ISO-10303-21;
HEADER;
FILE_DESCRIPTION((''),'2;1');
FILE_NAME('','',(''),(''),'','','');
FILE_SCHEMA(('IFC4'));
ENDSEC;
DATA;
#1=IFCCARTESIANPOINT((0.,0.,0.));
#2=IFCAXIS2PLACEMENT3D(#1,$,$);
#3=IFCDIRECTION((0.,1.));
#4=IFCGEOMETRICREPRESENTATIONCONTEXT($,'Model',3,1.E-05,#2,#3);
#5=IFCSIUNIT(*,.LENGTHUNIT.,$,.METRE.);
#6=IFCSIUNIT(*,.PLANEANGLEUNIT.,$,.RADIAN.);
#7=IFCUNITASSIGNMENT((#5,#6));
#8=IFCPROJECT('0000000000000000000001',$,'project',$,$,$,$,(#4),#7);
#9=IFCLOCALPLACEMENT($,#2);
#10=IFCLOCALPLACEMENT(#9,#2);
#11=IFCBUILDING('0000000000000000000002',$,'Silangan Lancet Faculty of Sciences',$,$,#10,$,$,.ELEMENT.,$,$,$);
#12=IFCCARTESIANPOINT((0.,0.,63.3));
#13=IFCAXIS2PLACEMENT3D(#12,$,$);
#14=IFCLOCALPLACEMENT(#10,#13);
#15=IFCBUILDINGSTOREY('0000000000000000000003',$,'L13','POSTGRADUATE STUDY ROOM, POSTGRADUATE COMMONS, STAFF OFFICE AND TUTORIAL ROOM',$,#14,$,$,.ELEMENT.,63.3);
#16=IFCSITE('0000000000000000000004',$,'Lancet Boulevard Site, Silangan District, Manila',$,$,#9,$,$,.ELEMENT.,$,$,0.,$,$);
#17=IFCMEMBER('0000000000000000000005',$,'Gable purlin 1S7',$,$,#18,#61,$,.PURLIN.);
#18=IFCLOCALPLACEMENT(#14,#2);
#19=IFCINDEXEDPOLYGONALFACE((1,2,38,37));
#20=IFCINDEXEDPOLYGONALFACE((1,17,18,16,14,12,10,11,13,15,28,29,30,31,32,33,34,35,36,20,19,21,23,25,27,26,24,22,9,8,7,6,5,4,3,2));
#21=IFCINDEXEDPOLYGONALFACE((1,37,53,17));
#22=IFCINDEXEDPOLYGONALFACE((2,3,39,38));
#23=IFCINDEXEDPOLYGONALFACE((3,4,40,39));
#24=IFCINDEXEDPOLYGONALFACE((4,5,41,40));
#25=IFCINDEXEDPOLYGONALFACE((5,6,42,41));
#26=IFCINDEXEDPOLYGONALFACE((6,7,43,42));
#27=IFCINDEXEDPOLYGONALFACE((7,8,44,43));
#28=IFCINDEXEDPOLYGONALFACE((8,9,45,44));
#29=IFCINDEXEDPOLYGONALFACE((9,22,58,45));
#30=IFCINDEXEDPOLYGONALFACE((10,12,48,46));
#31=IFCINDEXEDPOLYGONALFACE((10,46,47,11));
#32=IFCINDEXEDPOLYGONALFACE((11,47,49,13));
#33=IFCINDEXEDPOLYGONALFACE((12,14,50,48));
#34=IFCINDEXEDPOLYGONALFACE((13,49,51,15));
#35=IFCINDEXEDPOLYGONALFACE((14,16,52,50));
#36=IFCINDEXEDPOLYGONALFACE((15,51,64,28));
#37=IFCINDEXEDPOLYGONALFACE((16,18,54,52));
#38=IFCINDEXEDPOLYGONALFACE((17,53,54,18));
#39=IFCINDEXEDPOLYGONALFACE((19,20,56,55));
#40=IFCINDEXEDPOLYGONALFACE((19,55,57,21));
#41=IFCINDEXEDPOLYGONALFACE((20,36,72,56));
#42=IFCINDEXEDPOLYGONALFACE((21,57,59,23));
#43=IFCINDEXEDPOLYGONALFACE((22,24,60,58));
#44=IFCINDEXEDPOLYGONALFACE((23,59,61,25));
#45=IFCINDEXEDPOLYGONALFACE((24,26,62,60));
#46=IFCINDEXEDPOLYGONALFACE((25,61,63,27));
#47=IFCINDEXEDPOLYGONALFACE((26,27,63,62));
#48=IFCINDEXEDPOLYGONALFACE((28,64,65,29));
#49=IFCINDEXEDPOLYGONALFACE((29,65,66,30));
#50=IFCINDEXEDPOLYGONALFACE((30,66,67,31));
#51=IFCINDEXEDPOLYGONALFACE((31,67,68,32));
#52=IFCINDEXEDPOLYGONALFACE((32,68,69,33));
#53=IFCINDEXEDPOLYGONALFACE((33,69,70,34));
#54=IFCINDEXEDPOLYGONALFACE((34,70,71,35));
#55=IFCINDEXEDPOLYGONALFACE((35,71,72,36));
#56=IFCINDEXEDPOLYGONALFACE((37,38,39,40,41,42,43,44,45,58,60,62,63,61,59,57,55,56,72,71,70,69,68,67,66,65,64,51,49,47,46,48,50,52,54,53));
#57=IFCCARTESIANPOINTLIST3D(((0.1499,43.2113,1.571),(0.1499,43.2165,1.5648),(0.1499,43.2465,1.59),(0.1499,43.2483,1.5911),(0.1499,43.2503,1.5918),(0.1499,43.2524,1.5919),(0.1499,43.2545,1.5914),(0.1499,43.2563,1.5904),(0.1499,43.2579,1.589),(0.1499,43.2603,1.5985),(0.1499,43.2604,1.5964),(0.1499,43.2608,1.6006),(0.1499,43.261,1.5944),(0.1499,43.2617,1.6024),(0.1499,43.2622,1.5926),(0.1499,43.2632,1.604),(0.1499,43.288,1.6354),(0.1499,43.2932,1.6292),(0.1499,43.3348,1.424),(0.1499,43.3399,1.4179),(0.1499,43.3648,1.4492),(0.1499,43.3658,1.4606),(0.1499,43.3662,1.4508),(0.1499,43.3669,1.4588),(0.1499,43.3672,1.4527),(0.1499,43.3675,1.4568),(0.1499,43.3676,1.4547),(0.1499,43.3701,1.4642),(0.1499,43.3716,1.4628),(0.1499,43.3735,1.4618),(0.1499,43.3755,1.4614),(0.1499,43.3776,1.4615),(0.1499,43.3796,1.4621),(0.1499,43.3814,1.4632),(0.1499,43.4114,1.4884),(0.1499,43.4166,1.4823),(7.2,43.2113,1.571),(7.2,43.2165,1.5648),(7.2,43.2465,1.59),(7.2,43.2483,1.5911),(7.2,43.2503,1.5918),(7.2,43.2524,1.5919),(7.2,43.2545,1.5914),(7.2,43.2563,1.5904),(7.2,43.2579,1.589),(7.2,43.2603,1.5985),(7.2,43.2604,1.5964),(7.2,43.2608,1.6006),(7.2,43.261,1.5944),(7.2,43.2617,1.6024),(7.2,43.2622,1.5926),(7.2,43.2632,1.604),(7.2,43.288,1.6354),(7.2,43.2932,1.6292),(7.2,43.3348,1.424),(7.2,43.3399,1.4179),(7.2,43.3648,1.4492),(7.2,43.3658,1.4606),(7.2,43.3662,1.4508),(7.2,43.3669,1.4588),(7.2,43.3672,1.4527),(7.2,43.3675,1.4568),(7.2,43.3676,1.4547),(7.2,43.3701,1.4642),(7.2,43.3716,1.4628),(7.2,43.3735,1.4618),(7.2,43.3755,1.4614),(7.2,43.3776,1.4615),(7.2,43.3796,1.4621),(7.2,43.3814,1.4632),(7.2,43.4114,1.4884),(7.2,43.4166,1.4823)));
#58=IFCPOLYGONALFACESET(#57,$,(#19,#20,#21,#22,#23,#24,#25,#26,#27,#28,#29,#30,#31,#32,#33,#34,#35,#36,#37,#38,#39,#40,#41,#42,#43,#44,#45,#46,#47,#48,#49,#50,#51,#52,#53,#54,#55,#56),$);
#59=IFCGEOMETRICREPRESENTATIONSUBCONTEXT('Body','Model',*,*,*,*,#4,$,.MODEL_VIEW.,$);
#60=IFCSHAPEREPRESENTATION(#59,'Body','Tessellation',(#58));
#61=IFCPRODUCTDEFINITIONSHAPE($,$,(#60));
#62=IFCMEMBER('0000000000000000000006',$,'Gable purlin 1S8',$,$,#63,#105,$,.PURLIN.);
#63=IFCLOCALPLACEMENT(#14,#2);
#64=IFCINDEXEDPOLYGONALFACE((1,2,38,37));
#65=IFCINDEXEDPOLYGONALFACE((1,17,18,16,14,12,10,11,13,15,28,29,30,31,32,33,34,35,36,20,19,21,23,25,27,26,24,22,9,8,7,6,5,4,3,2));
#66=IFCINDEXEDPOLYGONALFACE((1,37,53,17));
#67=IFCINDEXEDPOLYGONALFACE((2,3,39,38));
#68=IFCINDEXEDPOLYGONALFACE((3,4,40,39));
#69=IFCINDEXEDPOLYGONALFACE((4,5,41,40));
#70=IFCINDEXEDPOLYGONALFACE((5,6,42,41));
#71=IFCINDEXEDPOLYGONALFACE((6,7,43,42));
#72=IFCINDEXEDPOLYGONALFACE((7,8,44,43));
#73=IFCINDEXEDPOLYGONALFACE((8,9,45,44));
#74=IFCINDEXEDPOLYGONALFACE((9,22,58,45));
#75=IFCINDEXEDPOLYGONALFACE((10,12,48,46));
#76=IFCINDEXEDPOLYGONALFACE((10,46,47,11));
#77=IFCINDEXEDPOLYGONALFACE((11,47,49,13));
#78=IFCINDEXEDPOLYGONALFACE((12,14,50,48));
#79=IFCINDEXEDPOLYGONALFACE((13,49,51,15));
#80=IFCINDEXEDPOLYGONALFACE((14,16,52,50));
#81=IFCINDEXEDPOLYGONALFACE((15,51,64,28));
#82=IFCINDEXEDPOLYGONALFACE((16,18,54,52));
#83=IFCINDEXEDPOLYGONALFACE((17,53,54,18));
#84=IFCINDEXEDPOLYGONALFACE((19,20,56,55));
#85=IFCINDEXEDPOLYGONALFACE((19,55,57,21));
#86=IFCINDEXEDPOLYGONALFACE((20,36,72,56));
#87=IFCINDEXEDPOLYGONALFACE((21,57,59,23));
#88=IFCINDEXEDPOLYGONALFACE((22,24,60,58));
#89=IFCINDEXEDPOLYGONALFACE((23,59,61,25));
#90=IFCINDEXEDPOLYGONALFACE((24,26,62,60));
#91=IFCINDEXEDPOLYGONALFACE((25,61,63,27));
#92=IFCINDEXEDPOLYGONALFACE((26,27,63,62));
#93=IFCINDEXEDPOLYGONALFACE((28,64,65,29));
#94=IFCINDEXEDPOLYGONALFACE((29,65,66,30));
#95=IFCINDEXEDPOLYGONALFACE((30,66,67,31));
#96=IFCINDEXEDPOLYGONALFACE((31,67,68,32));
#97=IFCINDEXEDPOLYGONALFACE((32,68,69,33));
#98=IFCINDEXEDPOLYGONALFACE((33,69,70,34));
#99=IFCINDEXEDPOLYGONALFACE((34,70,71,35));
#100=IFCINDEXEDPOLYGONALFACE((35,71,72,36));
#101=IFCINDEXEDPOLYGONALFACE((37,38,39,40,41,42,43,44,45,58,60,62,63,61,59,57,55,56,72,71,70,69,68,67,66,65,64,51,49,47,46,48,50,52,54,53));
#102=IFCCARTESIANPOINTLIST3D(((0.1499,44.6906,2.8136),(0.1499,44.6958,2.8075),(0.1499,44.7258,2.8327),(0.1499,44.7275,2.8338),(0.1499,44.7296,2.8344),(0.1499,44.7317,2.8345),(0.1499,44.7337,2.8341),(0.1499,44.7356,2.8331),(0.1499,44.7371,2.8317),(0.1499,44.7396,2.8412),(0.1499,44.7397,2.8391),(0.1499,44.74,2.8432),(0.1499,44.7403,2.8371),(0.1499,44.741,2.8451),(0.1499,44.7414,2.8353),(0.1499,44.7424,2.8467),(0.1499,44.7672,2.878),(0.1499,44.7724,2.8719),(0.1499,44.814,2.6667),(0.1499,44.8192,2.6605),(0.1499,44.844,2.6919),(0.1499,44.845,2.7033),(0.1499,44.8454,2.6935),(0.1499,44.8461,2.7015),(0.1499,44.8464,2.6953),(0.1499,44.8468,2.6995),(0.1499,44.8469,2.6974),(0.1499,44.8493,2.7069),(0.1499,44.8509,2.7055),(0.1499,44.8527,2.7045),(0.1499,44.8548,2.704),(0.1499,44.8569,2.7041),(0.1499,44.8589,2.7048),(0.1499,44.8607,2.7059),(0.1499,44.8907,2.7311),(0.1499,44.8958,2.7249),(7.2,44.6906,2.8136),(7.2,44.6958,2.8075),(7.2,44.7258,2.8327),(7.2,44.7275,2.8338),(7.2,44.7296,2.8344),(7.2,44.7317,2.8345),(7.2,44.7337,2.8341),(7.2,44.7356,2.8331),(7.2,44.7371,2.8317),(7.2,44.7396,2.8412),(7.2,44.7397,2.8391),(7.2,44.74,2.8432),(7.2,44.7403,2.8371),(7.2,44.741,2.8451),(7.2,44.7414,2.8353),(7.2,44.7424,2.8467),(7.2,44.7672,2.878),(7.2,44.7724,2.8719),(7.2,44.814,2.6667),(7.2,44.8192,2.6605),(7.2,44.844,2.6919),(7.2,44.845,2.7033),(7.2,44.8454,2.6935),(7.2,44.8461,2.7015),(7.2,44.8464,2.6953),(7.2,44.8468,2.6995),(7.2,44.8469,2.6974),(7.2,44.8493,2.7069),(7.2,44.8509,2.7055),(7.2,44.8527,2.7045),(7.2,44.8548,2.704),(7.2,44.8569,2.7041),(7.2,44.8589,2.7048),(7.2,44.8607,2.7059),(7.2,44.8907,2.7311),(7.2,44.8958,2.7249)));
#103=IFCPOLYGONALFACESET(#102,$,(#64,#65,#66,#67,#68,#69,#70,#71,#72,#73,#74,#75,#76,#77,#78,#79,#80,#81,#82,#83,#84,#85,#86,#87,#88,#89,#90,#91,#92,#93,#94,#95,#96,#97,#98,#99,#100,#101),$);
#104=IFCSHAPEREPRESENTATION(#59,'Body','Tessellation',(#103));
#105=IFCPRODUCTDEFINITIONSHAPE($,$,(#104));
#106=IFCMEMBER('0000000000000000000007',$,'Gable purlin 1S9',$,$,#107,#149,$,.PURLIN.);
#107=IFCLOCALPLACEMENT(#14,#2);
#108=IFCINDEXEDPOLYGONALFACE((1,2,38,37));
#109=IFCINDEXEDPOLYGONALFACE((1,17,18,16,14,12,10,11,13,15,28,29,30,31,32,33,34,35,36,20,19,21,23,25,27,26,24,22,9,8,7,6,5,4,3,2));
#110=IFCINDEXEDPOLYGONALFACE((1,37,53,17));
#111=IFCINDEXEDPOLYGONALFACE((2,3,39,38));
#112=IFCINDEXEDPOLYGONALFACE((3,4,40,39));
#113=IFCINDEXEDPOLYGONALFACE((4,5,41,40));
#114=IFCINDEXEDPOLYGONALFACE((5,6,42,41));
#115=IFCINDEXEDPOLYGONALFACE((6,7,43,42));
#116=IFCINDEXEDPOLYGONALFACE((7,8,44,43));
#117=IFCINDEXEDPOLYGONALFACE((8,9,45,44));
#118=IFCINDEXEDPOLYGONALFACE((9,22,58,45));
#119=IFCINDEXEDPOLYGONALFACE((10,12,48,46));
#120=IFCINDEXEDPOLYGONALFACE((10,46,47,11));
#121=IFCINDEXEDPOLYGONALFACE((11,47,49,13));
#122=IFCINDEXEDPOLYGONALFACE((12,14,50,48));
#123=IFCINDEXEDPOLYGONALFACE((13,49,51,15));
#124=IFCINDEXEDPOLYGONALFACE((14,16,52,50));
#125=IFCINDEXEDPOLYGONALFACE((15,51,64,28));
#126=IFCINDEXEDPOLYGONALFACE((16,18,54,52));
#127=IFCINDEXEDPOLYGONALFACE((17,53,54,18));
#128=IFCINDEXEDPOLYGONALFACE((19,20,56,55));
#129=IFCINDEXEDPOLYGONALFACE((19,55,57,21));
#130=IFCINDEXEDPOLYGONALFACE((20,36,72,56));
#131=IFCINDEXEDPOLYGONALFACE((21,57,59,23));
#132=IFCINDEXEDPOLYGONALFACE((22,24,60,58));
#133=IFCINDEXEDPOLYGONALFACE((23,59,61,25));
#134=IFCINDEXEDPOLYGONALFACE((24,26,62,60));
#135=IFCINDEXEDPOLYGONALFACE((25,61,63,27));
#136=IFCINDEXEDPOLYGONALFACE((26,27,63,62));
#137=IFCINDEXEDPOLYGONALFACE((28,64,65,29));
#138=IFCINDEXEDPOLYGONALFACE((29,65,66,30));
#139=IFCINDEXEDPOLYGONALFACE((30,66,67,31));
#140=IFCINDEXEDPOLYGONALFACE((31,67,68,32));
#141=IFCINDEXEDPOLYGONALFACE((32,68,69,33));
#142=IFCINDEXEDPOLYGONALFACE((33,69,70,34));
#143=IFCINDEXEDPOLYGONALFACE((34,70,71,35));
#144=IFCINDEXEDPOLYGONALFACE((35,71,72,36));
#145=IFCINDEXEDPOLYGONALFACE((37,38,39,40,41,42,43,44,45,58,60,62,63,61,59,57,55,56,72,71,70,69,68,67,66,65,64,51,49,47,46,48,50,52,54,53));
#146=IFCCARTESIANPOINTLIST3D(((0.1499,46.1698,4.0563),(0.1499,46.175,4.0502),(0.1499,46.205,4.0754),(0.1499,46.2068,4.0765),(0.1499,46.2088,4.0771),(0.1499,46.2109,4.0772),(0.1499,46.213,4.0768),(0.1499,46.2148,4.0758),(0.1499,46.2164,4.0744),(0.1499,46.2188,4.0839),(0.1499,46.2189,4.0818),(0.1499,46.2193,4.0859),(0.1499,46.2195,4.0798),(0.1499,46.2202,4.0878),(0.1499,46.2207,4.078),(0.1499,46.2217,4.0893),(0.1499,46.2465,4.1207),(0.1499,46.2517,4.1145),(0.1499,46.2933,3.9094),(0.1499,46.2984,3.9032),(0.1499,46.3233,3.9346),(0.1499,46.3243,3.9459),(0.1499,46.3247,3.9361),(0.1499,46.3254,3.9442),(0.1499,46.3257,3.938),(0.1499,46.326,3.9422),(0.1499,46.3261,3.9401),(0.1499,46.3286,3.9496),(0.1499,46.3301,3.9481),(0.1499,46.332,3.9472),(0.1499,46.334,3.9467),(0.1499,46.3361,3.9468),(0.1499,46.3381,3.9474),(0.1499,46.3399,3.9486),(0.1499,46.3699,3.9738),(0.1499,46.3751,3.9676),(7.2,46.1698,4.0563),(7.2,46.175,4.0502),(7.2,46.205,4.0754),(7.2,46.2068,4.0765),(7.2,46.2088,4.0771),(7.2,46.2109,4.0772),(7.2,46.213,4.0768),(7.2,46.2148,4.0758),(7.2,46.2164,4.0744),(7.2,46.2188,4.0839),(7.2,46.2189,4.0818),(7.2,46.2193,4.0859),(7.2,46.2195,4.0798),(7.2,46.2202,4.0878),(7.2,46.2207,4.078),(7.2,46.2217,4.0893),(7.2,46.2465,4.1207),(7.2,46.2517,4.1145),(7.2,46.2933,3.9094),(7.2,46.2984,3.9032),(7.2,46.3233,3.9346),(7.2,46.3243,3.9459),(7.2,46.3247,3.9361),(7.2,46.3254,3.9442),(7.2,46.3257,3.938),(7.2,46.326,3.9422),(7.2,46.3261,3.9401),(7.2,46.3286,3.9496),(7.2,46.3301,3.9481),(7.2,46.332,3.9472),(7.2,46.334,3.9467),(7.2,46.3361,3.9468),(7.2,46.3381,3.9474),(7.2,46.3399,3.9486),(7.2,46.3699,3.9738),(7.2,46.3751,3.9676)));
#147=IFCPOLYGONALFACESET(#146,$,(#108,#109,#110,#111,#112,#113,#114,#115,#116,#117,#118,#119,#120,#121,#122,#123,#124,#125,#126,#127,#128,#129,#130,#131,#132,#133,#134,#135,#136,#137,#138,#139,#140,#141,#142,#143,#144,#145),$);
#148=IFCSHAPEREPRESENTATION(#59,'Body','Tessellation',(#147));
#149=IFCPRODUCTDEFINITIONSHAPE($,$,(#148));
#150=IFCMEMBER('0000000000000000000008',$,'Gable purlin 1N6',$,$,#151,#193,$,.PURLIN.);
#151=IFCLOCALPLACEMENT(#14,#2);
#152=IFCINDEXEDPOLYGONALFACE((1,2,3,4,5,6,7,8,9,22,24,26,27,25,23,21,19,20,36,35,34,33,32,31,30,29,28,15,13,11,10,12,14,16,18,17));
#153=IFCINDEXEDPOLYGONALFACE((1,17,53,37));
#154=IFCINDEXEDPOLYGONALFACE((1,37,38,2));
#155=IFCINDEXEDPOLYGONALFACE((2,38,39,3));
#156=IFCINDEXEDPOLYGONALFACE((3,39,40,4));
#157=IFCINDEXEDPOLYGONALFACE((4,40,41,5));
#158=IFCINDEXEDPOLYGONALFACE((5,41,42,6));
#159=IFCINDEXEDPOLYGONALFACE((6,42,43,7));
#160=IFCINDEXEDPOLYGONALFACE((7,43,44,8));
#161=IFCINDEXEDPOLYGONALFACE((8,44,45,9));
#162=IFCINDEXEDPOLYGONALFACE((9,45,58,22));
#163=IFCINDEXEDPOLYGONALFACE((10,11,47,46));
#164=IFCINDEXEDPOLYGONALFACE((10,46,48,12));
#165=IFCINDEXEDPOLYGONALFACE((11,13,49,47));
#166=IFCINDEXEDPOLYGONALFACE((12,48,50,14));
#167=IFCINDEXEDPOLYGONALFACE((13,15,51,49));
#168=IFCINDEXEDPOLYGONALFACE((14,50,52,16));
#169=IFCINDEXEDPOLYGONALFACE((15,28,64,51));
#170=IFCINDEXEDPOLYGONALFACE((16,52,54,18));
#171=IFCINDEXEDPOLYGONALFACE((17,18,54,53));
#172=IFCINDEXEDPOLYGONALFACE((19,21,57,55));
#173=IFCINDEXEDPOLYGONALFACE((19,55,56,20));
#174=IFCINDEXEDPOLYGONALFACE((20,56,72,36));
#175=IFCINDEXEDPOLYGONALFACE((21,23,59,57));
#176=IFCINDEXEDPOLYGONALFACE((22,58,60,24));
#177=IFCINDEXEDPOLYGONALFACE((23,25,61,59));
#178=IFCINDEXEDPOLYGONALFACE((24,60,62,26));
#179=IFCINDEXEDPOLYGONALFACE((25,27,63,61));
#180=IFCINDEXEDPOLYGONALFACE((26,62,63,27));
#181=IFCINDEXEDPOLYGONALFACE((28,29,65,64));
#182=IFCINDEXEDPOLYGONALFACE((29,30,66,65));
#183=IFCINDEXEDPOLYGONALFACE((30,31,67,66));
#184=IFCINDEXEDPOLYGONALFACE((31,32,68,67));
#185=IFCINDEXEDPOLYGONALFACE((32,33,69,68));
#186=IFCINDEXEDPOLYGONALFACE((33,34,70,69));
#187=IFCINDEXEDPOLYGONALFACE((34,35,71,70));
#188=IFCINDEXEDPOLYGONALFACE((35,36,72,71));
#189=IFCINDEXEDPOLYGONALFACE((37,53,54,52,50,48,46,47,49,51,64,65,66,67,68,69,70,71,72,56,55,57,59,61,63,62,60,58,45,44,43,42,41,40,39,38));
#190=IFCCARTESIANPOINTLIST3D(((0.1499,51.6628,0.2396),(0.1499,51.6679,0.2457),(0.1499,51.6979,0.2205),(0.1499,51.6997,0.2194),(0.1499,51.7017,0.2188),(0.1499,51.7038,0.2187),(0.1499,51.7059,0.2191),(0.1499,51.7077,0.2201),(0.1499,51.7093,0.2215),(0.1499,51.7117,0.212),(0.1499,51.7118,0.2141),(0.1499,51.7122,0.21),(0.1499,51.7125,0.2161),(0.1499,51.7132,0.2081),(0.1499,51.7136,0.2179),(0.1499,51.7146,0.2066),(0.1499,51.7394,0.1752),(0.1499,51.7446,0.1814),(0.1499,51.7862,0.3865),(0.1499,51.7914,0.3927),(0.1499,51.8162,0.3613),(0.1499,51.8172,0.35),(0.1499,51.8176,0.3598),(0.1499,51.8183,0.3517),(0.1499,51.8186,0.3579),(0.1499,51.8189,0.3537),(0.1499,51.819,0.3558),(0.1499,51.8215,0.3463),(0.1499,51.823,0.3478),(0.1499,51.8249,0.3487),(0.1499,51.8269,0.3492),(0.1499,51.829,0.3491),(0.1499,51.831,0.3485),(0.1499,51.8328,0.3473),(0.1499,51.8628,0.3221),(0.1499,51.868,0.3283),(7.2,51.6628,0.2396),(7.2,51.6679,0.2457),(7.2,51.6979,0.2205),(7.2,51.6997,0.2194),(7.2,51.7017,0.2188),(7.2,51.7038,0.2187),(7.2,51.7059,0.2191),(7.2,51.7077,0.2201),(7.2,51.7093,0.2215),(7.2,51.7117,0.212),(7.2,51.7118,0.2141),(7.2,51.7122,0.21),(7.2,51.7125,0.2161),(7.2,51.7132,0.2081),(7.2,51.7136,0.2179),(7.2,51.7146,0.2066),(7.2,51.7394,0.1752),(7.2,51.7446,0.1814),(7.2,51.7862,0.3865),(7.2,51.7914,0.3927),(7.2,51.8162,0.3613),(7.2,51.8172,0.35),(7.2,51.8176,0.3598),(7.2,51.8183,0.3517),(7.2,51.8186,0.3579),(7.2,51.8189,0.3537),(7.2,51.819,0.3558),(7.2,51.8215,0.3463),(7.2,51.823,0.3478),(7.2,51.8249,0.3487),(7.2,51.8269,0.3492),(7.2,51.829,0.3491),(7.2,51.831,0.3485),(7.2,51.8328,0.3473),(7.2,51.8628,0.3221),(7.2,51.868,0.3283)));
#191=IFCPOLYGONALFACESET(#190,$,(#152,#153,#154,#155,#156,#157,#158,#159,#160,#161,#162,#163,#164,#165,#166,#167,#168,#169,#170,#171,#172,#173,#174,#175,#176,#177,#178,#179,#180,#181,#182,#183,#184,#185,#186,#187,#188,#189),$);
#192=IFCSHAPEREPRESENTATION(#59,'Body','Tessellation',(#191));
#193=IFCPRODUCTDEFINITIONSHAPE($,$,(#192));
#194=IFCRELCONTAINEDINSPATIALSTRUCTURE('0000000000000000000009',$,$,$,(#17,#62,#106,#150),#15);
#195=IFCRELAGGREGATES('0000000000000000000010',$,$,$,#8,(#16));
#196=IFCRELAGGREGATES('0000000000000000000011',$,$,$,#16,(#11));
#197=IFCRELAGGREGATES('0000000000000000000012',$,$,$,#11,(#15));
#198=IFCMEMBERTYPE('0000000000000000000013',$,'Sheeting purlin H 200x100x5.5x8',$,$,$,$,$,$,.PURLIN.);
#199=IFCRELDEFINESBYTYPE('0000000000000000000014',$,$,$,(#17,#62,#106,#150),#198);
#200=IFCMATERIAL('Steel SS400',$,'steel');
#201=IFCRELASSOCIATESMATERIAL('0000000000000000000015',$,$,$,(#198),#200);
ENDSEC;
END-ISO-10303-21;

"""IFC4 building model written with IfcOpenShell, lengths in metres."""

from ifc_helpers import new_model, si_unit, direction, frame, origin, origin_2d, place, context, subcontext, project, spatial, i_section, extrude, material, material_profile, profile_set, type_object, element, save


model = new_model("IFC4")

# Units and contexts
model_context = context("Model", 3, precision=1e-05, world=origin(), true_north=direction((0.0, 1.0)))
body_context = subcontext(model_context, "Body", "Model", "MODEL_VIEW")
ifc_project = project(units=[si_unit("LENGTHUNIT", "METRE"), si_unit("PLANEANGLEUNIT", "RADIAN")], contexts=[model_context])

# Site, building, storey
site_placement = place(None, origin())
site = spatial("IfcSite", under=ifc_project, at=site_placement, Name="Lancet Boulevard Site, Silangan District, Manila", CompositionType="ELEMENT", RefElevation=0.0)
building_placement = place(site_placement, origin())
building = spatial("IfcBuilding", under=site, at=building_placement, Name="Silangan Lancet Faculty of Sciences", CompositionType="ELEMENT")
storey_placement = place(building_placement, frame((0.0, 0.0, 63.3)))
storey = spatial("IfcBuildingStorey", under=building, at=storey_placement, Name="L13", Description="POSTGRADUATE STUDY ROOM, POSTGRADUATE COMMONS, STAFF OFFICE AND TUTORIAL ROOM", CompositionType="ELEMENT", Elevation=63.3)

# Members
ifc_material = material(Name="Steel SS400", Category="steel")
ifc_material_profile = material_profile(ifc_material, i_section(OverallWidth=0.1001, OverallDepth=0.2, WebThickness=0.0056, FlangeThickness=0.0081, FilletRadius=0.0081, at=origin_2d()), Name="H 200x100x5.5x8")
ifc_profile_set = profile_set([ifc_material_profile], Name="Steel SS400")
member_type = type_object("IfcMemberType", Name="Sheeting purlin H 200x100x5.5x8", PredefinedType="PURLIN", material=ifc_profile_set)
for number, where, z_axis, x_axis, name in (
    (1, (0.1499, 43.314, 1.5266), (1.0, 0.0, 0.0), (0.0, 0.765705, 0.643192), "Gable purlin 1S7"),
    (2, (0.1499, 44.7932, 2.7693), (1.0, 0.0, 0.0), (0.0, 0.765705, 0.643192), "Gable purlin 1S8"),
    (3, (0.1499, 46.2725, 4.012), (1.0, 0.0, 0.0), (0.0, 0.765705, 0.643192), "Gable purlin 1S9"),
    (4, (0.1499, 51.7654, 0.2839), (1.0, 0.0, 0.0), (0.0, 0.765705, -0.643192), "Gable purlin 1N6"),
):
    element("IfcMember", number, at=place(storey_placement, frame(where, z_axis=z_axis, x_axis=x_axis)), inside=storey, type_object=member_type, Name=name, PredefinedType="PURLIN", context=body_context, shape_type="SweptSolid", body=[
        extrude(i_section(OverallWidth=0.1001, OverallDepth=0.2, WebThickness=0.0056, FlangeThickness=0.0081, FilletRadius=0.0081, at=origin_2d()), origin(), (0.0, 0.0, 1.0), 7.05),
    ])

save(model, "model.ifc")
